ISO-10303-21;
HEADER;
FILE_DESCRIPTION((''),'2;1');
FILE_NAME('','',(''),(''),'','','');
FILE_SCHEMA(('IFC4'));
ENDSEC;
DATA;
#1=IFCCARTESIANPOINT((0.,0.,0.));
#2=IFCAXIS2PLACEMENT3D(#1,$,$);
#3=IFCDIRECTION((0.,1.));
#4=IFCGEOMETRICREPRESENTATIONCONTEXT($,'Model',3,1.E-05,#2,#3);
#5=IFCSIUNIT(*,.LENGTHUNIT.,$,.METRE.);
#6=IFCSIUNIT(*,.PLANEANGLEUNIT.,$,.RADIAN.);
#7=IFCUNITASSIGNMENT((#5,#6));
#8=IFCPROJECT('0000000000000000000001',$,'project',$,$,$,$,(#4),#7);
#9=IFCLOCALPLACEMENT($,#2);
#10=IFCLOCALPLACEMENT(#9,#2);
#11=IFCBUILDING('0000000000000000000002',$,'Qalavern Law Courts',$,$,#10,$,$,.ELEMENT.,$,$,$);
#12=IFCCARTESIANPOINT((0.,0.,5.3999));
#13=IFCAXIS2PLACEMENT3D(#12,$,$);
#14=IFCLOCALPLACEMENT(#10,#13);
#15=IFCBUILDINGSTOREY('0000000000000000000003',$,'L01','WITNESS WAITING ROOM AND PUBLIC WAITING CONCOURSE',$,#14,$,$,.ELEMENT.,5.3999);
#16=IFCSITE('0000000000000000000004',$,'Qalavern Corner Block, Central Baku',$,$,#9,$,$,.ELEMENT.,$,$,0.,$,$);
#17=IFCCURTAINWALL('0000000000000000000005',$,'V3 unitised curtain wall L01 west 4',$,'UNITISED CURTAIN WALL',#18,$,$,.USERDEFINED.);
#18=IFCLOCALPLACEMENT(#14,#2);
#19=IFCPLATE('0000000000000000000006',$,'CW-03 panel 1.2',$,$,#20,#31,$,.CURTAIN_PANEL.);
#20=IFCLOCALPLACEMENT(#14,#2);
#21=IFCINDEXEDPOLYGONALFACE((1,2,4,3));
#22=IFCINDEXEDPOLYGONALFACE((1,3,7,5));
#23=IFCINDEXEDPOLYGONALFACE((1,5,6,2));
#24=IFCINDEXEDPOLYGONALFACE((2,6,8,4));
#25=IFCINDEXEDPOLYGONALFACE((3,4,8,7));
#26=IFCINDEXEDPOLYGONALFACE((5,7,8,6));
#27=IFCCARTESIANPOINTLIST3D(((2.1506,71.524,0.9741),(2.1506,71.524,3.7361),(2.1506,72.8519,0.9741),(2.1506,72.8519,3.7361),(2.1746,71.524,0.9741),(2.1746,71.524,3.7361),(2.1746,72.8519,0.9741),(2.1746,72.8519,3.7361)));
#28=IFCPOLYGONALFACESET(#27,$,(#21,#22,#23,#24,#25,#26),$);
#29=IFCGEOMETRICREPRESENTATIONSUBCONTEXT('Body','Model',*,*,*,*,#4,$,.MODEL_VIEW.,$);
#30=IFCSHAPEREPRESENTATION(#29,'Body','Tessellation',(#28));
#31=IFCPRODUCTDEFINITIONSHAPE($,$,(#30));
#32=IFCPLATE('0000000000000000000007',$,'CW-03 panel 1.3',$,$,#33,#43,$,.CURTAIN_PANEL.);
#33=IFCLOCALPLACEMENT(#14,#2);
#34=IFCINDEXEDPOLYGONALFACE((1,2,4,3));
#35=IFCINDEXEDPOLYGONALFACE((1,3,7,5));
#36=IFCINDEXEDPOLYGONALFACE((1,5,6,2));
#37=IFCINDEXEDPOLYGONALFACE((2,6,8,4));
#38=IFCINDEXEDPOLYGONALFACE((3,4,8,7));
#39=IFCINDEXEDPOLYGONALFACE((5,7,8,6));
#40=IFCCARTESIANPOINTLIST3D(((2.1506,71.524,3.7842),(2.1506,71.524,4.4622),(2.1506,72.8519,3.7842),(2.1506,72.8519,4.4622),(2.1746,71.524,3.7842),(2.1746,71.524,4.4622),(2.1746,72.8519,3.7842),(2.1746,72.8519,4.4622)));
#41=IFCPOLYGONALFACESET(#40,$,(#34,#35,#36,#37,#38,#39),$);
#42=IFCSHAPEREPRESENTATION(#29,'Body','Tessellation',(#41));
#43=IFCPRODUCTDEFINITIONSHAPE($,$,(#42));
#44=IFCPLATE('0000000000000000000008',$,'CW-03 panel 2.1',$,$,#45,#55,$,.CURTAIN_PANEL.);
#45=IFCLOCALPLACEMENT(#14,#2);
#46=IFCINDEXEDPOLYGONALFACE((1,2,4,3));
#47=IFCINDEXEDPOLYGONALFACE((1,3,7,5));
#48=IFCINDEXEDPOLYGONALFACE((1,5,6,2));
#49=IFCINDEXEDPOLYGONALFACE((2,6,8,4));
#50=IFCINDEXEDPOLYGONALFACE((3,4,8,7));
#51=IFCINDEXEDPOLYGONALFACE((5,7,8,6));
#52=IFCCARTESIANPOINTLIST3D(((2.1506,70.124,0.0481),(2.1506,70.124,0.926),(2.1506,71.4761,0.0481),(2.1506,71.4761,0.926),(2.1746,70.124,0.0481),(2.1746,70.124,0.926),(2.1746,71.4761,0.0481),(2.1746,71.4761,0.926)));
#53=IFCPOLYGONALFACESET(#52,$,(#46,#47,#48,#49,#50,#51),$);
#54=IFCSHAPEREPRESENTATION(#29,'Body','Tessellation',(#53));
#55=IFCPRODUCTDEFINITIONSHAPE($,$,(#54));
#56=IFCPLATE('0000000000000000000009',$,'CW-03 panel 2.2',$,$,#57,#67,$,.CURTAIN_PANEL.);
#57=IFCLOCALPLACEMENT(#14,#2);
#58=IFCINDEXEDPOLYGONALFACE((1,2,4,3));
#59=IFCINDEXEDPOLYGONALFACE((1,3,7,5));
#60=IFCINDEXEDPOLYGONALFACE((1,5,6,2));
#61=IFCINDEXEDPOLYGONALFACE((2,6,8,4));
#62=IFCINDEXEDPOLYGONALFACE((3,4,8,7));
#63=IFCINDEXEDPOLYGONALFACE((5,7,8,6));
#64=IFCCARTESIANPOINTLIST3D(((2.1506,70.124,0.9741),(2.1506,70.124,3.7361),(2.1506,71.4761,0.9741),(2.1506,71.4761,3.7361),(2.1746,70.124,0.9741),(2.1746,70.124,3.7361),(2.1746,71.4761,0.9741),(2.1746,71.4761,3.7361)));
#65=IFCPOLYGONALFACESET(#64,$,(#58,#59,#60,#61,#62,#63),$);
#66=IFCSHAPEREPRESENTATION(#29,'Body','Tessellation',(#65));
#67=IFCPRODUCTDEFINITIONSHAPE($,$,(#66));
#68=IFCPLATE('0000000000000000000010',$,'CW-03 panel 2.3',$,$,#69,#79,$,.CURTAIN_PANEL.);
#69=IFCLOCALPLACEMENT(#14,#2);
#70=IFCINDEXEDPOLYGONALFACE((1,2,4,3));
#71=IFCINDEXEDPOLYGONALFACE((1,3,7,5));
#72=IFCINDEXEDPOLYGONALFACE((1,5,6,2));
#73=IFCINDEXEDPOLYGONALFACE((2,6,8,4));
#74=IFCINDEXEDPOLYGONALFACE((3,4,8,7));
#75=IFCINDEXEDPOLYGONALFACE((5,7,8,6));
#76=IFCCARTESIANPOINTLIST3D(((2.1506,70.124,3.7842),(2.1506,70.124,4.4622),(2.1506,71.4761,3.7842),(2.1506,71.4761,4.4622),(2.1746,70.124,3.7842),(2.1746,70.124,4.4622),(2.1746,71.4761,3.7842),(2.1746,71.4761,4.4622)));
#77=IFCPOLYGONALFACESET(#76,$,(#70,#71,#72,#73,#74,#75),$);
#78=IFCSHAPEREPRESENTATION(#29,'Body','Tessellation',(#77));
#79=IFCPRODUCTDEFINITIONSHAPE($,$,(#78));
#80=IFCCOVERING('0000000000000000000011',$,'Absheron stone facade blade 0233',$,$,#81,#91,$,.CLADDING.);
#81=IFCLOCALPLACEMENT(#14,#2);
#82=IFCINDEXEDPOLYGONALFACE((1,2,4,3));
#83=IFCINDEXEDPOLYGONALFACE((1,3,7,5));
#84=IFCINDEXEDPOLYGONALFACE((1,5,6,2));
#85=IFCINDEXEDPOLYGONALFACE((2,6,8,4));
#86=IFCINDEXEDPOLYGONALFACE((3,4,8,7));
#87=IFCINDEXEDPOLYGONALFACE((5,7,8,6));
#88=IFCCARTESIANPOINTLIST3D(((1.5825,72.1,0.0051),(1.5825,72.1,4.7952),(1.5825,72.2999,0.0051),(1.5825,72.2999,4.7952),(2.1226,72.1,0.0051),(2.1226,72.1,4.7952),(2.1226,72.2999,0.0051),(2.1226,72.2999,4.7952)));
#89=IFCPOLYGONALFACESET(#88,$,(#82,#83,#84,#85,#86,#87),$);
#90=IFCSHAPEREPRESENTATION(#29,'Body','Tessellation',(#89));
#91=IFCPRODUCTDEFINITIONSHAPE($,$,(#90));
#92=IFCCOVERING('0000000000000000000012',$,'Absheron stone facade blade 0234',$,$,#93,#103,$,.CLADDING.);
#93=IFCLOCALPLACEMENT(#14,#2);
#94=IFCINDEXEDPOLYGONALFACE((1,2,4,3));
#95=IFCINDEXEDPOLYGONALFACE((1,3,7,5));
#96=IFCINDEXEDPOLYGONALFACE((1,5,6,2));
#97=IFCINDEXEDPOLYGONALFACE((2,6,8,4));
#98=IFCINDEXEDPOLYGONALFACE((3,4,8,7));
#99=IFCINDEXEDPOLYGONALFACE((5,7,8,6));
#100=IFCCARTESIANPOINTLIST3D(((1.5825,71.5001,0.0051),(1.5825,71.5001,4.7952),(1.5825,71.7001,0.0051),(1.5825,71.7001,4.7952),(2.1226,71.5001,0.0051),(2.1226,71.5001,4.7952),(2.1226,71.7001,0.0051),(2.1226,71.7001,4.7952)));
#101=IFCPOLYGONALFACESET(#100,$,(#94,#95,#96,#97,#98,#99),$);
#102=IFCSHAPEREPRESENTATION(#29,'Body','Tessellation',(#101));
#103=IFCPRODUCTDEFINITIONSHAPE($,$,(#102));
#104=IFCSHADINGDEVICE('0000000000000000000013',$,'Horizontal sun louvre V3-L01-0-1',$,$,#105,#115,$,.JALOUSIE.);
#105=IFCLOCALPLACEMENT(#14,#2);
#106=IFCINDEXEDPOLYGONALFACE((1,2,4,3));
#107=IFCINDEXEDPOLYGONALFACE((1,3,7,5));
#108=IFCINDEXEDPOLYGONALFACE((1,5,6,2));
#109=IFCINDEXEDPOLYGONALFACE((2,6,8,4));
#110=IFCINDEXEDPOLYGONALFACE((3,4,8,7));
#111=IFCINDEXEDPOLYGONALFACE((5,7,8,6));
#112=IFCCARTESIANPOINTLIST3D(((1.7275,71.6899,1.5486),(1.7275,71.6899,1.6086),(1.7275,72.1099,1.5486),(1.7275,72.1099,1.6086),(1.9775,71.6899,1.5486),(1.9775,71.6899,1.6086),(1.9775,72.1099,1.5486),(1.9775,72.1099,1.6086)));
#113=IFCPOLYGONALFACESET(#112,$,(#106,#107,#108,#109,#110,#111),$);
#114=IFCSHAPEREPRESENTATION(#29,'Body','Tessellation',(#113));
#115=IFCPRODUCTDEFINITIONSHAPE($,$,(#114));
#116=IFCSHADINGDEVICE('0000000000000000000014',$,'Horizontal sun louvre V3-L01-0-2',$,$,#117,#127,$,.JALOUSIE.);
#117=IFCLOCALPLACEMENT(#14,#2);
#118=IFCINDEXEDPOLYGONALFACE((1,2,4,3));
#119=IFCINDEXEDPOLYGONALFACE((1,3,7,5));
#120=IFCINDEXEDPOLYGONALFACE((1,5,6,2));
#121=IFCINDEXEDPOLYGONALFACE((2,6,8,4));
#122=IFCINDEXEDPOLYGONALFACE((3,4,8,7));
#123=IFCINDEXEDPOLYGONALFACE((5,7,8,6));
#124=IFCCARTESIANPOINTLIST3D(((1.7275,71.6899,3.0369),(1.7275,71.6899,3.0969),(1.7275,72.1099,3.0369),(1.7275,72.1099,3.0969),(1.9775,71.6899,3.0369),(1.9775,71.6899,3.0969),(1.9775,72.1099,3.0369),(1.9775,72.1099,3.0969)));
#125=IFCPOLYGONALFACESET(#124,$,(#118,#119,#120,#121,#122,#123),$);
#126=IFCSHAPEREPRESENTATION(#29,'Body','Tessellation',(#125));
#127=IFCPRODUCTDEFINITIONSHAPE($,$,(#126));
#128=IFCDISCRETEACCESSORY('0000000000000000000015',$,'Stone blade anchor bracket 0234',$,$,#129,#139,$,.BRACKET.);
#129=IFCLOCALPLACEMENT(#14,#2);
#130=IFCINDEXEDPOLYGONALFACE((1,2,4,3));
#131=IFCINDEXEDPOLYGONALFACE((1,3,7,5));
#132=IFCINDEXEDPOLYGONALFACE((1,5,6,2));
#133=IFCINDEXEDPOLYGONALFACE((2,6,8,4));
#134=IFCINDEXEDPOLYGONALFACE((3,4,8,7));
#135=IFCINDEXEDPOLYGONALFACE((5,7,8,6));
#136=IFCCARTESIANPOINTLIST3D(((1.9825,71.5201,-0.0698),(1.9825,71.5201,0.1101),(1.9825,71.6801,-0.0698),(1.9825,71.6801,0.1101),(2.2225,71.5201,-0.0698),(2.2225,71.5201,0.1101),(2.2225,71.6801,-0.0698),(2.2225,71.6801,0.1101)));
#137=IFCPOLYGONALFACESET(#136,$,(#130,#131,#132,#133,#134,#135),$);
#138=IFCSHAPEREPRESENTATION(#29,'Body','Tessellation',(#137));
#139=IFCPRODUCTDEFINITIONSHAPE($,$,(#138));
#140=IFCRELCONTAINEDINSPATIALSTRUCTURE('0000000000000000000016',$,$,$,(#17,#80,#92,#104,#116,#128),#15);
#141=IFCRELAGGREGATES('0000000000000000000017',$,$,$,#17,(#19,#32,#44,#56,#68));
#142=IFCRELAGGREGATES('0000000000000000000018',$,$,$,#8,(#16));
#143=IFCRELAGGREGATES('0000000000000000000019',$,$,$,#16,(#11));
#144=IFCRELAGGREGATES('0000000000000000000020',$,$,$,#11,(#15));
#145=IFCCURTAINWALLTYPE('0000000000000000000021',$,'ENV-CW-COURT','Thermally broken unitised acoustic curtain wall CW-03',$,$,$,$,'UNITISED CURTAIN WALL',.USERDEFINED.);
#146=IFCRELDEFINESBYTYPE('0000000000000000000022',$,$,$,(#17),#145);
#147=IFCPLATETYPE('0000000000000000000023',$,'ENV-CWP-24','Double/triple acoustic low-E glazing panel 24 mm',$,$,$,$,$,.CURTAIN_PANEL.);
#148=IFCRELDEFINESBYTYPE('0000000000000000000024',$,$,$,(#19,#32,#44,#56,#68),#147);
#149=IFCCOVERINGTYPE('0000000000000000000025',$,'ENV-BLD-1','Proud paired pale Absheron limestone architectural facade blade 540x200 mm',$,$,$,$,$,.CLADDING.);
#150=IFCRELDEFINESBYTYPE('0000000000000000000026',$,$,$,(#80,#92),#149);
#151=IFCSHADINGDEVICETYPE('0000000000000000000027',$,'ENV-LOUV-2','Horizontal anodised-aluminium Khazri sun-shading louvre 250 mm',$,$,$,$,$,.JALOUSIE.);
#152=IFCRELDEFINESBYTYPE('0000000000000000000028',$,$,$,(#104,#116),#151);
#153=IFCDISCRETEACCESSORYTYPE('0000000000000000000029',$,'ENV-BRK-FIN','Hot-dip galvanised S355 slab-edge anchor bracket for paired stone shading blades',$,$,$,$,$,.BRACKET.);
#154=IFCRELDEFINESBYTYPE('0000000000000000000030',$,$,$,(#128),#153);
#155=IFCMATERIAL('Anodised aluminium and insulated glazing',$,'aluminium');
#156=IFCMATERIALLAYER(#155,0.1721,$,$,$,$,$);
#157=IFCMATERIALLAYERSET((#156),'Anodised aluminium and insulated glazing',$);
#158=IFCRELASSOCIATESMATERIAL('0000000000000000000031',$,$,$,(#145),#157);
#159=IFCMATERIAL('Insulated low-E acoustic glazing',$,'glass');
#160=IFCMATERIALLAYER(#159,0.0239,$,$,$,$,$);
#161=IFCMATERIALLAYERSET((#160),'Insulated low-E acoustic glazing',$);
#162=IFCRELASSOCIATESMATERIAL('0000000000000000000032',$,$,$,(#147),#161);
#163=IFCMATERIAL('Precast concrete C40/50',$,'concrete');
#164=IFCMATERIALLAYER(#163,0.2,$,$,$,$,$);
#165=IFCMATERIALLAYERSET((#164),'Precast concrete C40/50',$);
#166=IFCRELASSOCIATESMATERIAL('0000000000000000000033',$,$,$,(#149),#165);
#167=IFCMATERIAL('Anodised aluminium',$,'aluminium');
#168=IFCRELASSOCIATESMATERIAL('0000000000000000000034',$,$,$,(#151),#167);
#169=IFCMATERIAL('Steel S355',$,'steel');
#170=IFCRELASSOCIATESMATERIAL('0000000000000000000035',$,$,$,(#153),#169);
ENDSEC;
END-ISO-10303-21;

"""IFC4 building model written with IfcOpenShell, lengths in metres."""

from ifc_helpers import new_model, si_unit, direction, frame, origin, origin_2d, place, context, subcontext, project, spatial, rectangle, extrude, material, layer, layer_set, type_object, element, aggregate, save


model = new_model("IFC4")

# Units and contexts
model_context = context("Model", 3, precision=1e-05, world=origin(), true_north=direction((0.0, 1.0)))
body_context = subcontext(model_context, "Body", "Model", "MODEL_VIEW")
ifc_project = project(units=[si_unit("LENGTHUNIT", "METRE"), si_unit("PLANEANGLEUNIT", "RADIAN")], contexts=[model_context])

# Site, building, storey
site_placement = place(None, origin())
site = spatial("IfcSite", under=ifc_project, at=site_placement, Name="Qalavern Corner Block, Central Baku", CompositionType="ELEMENT", RefElevation=0.0)
building_placement = place(site_placement, origin())
building = spatial("IfcBuilding", under=site, at=building_placement, Name="Qalavern Law Courts", CompositionType="ELEMENT")
storey_placement = place(building_placement, frame((0.0, 0.0, 5.3999)))
storey = spatial("IfcBuildingStorey", under=building, at=storey_placement, Name="L01", Description="WITNESS WAITING ROOM AND PUBLIC WAITING CONCOURSE", CompositionType="ELEMENT", Elevation=5.3999)

# Curtain wall, plates
ifc_material_1 = material(Name="Anodised aluminium and insulated glazing", Category="aluminium")
ifc_layer_1 = layer(ifc_material_1, 0.1721)
ifc_layer_set_1 = layer_set([ifc_layer_1], Name="Anodised aluminium and insulated glazing")
curtain_wall_type = type_object("IfcCurtainWallType", Name="ENV-CW-COURT", Description="Thermally broken unitised acoustic curtain wall CW-03", ElementType="UNITISED CURTAIN WALL", PredefinedType="USERDEFINED", material=ifc_layer_set_1)
curtain_wall_placement = place(storey_placement, origin())
curtain_wall = element("IfcCurtainWall", 1, at=curtain_wall_placement, inside=storey, type_object=curtain_wall_type, Name="V3 unitised curtain wall L01 west 4", ObjectType="UNITISED CURTAIN WALL", PredefinedType="USERDEFINED")
ifc_material_2 = material(Name="Anodised aluminium", Category="aluminium")
ifc_material_3 = material(Name="Insulated low-E acoustic glazing", Category="glass")
ifc_layer_2 = layer(ifc_material_3, 0.0239)
ifc_layer_set_2 = layer_set([ifc_layer_2], Name="Insulated low-E acoustic glazing")
plate_type = type_object("IfcPlateType", Name="ENV-CWP-24", Description="Double/triple acoustic low-E glazing panel 24 mm", PredefinedType="CURTAIN_PANEL", material=ifc_layer_set_2)
plate_1_placement = place(storey_placement, frame((2.1626, 72.188, 0.9741), z_axis=(0.0, 0.0, 1.0), x_axis=(0.0, -1.0, 0.0)))
plate_1 = element("IfcPlate", 2, at=plate_1_placement, type_object=plate_type, Name="CW-03 panel 1.2", PredefinedType="CURTAIN_PANEL", context=body_context, shape_type="SweptSolid", body=[
    extrude(rectangle(XDim=1.3279, YDim=0.0239, at=origin_2d()), origin(), (0.0, 0.0, 1.0), 2.762),
])
plate_2_placement = place(storey_placement, frame((2.1626, 72.188, 3.7842), z_axis=(0.0, 0.0, 1.0), x_axis=(0.0, -1.0, 0.0)))
plate_2 = element("IfcPlate", 3, at=plate_2_placement, type_object=plate_type, Name="CW-03 panel 1.3", PredefinedType="CURTAIN_PANEL", context=body_context, shape_type="SweptSolid", body=[
    extrude(rectangle(XDim=1.3279, YDim=0.0239, at=origin_2d()), origin(), (0.0, 0.0, 1.0), 0.678),
])
plate_3_placement = place(storey_placement, frame((2.1626, 70.8, 0.0481), z_axis=(0.0, 0.0, 1.0), x_axis=(0.0, -1.0, 0.0)))
plate_3 = element("IfcPlate", 4, at=plate_3_placement, type_object=plate_type, Name="CW-03 panel 2.1", PredefinedType="CURTAIN_PANEL", context=body_context, shape_type="SweptSolid", body=[
    extrude(rectangle(XDim=1.3521, YDim=0.0239, at=origin_2d()), origin(), (0.0, 0.0, 1.0), 0.8779),
])
plate_4_placement = place(storey_placement, frame((2.1626, 70.8, 0.9741), z_axis=(0.0, 0.0, 1.0), x_axis=(0.0, -1.0, 0.0)))
plate_4 = element("IfcPlate", 5, at=plate_4_placement, type_object=plate_type, Name="CW-03 panel 2.2", PredefinedType="CURTAIN_PANEL", context=body_context, shape_type="SweptSolid", body=[
    extrude(rectangle(XDim=1.3521, YDim=0.0239, at=origin_2d()), origin(), (0.0, 0.0, 1.0), 2.762),
])
plate_5_placement = place(storey_placement, frame((2.1626, 70.8, 3.7842), z_axis=(0.0, 0.0, 1.0), x_axis=(0.0, -1.0, 0.0)))
plate_5 = element("IfcPlate", 6, at=plate_5_placement, type_object=plate_type, Name="CW-03 panel 2.3", PredefinedType="CURTAIN_PANEL", context=body_context, shape_type="SweptSolid", body=[
    extrude(rectangle(XDim=1.3521, YDim=0.0239, at=origin_2d()), origin(), (0.0, 0.0, 1.0), 0.678),
])
aggregate(curtain_wall, [plate_1, plate_2, plate_3, plate_4, plate_5])

# Coverings
ifc_material_4 = material(Name="Precast concrete C40/50", Category="concrete")
ifc_layer_3 = layer(ifc_material_4, 0.2)
ifc_layer_set_3 = layer_set([ifc_layer_3], Name="Precast concrete C40/50")
covering_type = type_object("IfcCoveringType", Name="ENV-BLD-1", Description="Proud paired pale Absheron limestone architectural facade blade 540x200 mm", PredefinedType="CLADDING", material=ifc_layer_set_3)
for number, where, z_axis, x_axis, name in (
    (7, (1.8525, 72.2, 0.0051), (0.0, 0.0, 1.0), (-1.0, 0.0, 0.0), "Absheron stone facade blade 0233"),
    (8, (1.8525, 71.6001, 0.0051), (0.0, 0.0, 1.0), (-1.0, 0.0, 0.0), "Absheron stone facade blade 0234"),
):
    element("IfcCovering", number, at=place(storey_placement, frame(where, z_axis=z_axis, x_axis=x_axis)), inside=storey, type_object=covering_type, Name=name, PredefinedType="CLADDING", context=body_context, shape_type="SweptSolid", body=[
        extrude(rectangle(XDim=0.54, YDim=0.2, at=origin_2d()), origin(), (0.0, 0.0, 1.0), 4.79),
    ])

# Shading devices
shading_device_type = type_object("IfcShadingDeviceType", Name="ENV-LOUV-2", Description="Horizontal anodised-aluminium Khazri sun-shading louvre 250 mm", PredefinedType="JALOUSIE", material=ifc_material_2)
for number, where, z_axis, x_axis, name in (
    (9, (1.8525, 71.8999, 1.5486), (0.0, 0.0, 1.0), (0.0, -1.0, 0.0), "Horizontal sun louvre V3-L01-0-1"),
    (10, (1.8525, 71.8999, 3.0369), (0.0, 0.0, 1.0), (0.0, -1.0, 0.0), "Horizontal sun louvre V3-L01-0-2"),
):
    element("IfcShadingDevice", number, at=place(storey_placement, frame(where, z_axis=z_axis, x_axis=x_axis)), inside=storey, type_object=shading_device_type, Name=name, PredefinedType="JALOUSIE", context=body_context, shape_type="SweptSolid", body=[
        extrude(rectangle(XDim=0.4199, YDim=0.25, at=origin_2d()), origin(), (0.0, 0.0, 1.0), 0.0601),
    ])

# Discrete accessory
ifc_material_5 = material(Name="Steel S355", Category="steel")
discrete_accessory_type = type_object("IfcDiscreteAccessoryType", Name="ENV-BRK-FIN", Description="Hot-dip galvanised S355 slab-edge anchor bracket for paired stone shading blades", PredefinedType="BRACKET", material=ifc_material_5)
discrete_accessory_placement = place(storey_placement, frame((2.1025, 71.6001, -0.0698), z_axis=(0.0, 0.0, 1.0), x_axis=(-1.0, 0.0, 0.0)))
element("IfcDiscreteAccessory", 11, at=discrete_accessory_placement, inside=storey, type_object=discrete_accessory_type, Name="Stone blade anchor bracket 0234", PredefinedType="BRACKET", context=body_context, shape_type="SweptSolid", body=[
    extrude(rectangle(XDim=0.24, YDim=0.1599, at=origin_2d()), origin(), (0.0, 0.0, 1.0), 0.1799),
])

save(model, "model.ifc")
